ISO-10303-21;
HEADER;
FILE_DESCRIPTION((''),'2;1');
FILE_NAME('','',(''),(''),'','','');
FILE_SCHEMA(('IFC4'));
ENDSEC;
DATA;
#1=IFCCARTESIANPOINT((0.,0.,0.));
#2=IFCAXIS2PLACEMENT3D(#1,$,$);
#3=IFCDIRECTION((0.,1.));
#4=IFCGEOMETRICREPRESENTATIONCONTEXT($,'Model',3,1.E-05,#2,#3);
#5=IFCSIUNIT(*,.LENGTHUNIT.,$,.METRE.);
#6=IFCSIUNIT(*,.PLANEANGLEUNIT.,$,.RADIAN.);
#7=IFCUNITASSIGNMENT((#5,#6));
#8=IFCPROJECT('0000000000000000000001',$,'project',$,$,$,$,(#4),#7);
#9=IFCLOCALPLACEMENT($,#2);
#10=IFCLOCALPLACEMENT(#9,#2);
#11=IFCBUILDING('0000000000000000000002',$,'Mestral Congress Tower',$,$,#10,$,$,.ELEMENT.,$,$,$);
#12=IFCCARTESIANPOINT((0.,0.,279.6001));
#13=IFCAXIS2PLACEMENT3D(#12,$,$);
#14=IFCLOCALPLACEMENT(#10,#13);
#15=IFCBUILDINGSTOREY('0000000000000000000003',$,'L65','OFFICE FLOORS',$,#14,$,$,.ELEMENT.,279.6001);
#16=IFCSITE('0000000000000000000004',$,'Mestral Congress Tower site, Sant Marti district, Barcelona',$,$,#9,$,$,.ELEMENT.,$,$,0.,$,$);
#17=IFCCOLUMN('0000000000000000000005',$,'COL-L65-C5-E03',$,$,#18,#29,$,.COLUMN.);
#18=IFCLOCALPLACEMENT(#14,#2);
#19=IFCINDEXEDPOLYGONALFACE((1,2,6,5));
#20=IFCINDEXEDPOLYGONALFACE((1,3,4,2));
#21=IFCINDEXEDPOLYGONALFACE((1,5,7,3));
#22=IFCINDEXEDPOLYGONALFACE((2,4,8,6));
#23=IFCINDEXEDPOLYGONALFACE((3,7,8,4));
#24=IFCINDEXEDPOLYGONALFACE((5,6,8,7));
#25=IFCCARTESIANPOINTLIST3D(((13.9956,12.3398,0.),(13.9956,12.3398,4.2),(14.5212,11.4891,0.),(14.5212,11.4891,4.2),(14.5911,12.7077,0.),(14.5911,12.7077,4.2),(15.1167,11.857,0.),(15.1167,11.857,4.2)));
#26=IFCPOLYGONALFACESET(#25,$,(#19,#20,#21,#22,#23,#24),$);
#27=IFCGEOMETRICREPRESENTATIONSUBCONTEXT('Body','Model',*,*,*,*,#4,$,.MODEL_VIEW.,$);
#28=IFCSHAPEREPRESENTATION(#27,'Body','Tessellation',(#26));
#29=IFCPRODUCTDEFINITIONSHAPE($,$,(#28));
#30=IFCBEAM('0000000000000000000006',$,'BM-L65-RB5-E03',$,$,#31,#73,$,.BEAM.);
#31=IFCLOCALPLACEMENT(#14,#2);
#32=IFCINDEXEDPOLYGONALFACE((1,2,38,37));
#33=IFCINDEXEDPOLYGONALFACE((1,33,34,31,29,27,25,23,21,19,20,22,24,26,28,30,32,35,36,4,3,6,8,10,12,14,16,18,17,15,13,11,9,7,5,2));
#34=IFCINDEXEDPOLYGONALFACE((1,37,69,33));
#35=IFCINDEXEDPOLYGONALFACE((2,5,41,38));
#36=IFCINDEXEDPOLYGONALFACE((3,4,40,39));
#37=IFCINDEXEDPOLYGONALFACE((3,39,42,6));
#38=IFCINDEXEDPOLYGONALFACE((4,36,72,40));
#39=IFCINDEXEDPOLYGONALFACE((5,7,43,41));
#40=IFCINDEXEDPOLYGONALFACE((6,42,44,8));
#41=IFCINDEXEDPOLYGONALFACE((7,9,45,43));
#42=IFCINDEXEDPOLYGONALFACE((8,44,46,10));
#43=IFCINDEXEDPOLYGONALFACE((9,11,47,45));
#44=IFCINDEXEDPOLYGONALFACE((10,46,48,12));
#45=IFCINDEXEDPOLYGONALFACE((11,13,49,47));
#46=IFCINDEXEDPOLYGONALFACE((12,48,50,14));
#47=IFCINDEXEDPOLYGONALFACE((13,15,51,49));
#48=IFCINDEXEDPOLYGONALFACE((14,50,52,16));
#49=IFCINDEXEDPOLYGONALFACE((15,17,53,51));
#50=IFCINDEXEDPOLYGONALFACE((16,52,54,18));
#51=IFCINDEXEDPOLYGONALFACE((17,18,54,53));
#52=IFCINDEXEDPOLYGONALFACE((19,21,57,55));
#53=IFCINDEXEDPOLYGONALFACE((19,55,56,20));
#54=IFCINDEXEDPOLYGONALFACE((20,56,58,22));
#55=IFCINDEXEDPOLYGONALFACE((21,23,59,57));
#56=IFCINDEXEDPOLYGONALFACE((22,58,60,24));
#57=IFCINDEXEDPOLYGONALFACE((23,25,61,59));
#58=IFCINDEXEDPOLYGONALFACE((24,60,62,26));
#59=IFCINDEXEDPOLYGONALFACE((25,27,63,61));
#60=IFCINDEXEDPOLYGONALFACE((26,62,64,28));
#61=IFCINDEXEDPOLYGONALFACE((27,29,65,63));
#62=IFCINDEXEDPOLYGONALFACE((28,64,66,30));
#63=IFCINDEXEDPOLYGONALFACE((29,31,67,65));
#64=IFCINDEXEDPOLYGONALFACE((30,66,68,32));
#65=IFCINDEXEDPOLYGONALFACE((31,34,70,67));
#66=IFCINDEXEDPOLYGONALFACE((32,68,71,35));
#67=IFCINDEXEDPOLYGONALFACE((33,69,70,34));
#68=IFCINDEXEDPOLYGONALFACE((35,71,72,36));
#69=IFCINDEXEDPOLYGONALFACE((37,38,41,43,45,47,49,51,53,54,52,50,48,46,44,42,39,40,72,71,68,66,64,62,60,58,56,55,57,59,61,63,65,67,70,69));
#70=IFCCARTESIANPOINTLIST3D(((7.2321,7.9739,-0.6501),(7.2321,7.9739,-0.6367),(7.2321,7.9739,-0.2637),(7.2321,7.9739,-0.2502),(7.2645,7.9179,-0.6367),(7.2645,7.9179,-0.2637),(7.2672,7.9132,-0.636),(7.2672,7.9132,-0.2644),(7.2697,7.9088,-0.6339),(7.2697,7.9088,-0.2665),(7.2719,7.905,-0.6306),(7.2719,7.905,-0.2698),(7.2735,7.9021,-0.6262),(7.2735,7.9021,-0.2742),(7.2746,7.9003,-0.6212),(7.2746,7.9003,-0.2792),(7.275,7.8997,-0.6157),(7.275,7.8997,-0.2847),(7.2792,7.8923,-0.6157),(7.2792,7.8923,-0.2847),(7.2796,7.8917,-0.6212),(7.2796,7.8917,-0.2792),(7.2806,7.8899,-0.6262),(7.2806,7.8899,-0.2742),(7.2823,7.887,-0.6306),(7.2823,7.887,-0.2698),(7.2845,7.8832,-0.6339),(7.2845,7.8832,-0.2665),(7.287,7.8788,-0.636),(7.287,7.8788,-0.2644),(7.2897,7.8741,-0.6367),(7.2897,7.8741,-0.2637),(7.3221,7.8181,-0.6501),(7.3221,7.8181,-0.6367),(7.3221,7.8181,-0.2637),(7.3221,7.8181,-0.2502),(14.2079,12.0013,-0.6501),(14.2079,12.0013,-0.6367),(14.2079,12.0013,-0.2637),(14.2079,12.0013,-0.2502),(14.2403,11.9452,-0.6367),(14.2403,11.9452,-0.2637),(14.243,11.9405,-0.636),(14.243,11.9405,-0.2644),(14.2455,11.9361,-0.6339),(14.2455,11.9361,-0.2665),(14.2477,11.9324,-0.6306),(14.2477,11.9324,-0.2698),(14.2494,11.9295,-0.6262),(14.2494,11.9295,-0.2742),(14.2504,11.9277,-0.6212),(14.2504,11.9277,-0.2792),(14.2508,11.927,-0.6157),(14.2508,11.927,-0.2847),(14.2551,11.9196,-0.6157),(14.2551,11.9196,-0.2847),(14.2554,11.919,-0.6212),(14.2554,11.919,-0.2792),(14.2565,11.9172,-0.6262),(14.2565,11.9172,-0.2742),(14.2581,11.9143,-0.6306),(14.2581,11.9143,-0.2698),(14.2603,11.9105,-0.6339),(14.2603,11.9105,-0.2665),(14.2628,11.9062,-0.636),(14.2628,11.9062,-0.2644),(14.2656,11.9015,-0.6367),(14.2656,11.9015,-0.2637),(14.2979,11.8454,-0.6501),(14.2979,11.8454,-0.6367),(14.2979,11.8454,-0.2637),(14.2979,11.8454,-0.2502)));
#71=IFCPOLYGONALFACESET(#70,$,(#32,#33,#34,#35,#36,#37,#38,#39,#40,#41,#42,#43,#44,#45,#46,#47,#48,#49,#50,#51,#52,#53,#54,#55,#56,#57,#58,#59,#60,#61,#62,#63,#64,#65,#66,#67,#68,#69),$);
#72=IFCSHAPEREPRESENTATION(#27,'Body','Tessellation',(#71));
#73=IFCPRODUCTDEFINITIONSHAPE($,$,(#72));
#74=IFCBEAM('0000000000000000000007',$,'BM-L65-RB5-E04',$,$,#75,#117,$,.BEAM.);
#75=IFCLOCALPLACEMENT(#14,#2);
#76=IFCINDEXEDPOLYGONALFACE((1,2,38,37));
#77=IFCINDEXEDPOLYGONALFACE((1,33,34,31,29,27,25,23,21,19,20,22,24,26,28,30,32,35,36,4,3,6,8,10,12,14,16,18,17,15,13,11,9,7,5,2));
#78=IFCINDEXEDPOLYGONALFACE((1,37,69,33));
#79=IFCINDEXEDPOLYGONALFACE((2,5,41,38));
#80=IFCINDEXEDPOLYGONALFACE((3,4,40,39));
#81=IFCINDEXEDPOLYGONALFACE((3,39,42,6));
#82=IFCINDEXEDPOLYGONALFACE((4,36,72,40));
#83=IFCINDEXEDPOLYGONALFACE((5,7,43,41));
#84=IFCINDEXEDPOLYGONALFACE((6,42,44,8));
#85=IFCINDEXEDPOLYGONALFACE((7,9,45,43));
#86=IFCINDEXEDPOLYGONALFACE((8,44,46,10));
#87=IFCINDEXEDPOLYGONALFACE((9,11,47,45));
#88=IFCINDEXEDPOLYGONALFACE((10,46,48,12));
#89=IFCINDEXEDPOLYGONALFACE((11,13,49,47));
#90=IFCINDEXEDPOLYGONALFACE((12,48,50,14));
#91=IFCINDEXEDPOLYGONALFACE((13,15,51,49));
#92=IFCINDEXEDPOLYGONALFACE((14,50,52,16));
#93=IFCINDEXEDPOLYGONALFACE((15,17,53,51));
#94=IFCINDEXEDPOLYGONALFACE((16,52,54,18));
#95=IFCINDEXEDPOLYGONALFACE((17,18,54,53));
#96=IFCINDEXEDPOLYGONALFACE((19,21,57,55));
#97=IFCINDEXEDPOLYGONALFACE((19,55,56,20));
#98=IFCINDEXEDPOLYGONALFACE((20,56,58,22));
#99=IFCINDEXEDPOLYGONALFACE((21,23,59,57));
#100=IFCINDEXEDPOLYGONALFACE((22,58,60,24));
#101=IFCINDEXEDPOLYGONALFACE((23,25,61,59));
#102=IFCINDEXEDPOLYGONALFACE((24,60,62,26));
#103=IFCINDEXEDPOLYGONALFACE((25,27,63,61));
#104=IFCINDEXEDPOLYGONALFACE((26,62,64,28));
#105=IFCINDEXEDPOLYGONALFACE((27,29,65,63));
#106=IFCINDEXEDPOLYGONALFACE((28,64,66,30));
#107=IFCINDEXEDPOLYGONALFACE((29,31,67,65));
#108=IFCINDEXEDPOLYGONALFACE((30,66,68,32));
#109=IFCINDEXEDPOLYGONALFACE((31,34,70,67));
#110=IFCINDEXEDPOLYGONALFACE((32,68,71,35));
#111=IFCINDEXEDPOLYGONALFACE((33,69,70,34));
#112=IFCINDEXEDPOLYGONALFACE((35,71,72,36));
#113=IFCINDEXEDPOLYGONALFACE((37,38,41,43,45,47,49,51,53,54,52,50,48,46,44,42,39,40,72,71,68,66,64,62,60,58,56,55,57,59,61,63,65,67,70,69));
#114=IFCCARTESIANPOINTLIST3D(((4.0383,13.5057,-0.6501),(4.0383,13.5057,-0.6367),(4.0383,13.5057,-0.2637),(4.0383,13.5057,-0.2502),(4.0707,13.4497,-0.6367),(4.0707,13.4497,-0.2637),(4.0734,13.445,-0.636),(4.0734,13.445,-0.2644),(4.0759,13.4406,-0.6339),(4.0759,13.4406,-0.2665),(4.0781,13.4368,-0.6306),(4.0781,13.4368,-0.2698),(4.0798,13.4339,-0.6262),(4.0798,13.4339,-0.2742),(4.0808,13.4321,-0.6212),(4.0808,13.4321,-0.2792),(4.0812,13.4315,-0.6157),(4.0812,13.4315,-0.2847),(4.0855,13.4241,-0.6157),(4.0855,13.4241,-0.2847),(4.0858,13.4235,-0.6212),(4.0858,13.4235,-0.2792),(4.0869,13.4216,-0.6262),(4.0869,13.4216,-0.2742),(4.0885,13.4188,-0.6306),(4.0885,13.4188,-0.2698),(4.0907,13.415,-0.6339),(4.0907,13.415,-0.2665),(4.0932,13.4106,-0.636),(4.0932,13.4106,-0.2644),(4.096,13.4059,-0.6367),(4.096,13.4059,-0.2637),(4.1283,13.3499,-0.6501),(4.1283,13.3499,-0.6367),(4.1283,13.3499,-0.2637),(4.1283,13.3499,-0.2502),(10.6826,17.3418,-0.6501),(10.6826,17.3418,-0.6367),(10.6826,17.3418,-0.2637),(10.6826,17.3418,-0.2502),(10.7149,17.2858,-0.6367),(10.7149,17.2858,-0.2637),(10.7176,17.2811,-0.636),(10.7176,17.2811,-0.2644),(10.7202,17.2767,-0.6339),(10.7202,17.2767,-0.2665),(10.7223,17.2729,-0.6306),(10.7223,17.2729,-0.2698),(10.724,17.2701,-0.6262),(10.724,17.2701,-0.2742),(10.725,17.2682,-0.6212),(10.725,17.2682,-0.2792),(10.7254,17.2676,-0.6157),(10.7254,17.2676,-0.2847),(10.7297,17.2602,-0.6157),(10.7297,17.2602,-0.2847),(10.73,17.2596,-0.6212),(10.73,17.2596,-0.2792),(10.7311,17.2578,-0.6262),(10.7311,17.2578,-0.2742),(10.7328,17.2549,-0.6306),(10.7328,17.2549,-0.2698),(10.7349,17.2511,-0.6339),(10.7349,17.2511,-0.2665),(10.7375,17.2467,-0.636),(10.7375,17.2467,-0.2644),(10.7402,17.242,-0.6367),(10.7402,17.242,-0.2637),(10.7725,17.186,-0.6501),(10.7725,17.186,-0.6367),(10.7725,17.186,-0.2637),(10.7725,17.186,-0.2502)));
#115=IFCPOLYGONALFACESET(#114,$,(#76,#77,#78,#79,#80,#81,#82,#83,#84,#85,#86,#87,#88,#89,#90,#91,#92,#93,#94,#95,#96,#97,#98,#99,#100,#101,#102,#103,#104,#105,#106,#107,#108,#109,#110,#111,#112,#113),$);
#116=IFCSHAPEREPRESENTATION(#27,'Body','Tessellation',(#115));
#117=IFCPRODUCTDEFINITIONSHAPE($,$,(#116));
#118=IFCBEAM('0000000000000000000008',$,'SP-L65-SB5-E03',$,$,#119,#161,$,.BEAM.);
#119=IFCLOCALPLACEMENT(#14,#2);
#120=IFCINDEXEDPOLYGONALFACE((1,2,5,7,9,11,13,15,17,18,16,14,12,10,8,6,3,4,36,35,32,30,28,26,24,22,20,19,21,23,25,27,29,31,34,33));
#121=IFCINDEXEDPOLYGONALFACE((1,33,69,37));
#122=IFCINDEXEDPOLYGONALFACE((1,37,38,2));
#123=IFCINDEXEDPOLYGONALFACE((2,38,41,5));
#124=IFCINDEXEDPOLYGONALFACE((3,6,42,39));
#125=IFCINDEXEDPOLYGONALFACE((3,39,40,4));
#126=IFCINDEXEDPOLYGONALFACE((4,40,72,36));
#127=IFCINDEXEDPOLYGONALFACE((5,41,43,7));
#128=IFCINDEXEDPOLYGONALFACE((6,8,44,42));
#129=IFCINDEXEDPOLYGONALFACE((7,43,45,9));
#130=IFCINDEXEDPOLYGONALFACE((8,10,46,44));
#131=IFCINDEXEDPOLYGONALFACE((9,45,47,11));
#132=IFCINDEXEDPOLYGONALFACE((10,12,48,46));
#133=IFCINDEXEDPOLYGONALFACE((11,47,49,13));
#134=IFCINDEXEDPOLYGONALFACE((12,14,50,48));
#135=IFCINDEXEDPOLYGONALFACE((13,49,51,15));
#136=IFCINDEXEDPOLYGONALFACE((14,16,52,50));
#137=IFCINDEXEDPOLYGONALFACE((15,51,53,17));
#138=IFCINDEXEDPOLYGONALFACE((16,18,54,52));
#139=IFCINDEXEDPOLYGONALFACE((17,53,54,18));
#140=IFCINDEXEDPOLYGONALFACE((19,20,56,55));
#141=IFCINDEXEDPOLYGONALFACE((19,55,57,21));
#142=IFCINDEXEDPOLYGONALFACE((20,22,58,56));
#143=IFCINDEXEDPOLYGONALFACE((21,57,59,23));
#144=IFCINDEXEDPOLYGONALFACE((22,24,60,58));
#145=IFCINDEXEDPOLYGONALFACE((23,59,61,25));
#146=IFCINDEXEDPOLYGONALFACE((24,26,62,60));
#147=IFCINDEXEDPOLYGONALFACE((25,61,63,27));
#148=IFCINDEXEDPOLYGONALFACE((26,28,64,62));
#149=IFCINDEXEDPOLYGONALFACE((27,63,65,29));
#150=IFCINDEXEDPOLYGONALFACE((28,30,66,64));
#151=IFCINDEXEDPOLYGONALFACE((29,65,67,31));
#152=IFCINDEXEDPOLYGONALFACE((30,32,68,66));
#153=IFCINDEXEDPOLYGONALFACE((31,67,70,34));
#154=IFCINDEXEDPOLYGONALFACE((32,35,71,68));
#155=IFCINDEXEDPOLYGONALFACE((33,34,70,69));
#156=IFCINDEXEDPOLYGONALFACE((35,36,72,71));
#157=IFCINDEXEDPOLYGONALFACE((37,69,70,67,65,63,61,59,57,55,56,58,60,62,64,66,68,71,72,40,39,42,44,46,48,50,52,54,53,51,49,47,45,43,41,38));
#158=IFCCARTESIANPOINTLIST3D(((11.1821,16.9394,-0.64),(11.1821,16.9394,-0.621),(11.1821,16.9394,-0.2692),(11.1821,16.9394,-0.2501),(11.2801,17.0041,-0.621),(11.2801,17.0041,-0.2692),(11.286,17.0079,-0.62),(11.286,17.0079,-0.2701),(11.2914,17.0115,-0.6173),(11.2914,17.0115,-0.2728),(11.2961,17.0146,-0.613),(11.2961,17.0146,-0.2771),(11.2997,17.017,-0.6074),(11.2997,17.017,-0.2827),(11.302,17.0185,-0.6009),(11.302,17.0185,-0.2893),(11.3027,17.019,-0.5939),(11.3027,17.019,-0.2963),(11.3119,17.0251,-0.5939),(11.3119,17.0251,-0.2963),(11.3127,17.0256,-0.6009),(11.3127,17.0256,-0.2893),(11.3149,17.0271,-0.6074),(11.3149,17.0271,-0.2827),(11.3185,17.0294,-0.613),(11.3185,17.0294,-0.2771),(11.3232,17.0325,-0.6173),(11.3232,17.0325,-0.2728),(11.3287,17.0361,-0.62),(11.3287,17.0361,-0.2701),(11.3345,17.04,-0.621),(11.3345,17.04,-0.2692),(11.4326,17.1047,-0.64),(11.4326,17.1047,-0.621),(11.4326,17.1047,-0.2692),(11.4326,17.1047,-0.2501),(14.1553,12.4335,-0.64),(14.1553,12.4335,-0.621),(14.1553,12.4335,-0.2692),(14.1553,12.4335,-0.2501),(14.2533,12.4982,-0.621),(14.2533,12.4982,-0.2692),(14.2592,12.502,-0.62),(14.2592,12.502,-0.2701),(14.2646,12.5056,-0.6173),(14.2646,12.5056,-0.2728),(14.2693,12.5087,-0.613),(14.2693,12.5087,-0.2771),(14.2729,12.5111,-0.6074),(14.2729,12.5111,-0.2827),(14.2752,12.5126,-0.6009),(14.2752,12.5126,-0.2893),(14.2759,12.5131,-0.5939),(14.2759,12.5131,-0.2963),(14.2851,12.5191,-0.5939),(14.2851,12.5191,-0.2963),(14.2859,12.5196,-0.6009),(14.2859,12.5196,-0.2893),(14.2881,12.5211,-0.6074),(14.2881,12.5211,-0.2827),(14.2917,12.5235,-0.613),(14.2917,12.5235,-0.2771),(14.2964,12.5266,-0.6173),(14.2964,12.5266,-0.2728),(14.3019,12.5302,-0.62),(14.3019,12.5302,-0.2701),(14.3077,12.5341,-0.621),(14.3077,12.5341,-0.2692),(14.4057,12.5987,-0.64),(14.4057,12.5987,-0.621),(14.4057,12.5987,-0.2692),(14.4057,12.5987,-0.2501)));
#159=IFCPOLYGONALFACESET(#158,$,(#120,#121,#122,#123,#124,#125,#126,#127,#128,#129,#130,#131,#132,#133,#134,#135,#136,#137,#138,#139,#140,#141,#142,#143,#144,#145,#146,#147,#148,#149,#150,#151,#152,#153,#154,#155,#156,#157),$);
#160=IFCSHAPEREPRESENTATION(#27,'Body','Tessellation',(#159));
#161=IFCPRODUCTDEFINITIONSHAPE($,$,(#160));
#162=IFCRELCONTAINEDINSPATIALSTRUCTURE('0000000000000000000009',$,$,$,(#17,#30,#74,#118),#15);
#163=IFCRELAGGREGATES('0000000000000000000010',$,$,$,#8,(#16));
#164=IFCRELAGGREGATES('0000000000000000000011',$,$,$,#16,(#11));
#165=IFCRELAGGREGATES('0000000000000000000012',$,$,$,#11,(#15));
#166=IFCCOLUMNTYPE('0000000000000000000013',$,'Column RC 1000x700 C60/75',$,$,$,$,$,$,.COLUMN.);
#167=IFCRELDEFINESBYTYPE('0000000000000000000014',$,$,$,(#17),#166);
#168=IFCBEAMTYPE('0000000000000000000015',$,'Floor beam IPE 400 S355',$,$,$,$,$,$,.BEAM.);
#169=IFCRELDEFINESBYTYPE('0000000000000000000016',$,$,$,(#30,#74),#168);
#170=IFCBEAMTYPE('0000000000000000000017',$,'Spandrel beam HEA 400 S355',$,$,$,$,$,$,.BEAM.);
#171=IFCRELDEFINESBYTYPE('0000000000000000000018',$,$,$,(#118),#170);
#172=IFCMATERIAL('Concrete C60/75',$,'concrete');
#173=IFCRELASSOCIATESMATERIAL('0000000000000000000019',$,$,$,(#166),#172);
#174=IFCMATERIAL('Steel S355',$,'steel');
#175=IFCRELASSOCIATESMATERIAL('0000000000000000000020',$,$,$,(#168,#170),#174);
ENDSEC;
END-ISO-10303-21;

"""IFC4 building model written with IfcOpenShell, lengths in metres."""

from ifc_helpers import new_model, si_unit, direction, frame, origin, origin_2d, place, context, subcontext, project, spatial, rectangle, i_section, extrude, material, material_profile, profile_set, type_object, element, save


model = new_model("IFC4")

# Units and contexts
model_context = context("Model", 3, precision=1e-05, world=origin(), true_north=direction((0.0, 1.0)))
body_context = subcontext(model_context, "Body", "Model", "MODEL_VIEW")
ifc_project = project(units=[si_unit("LENGTHUNIT", "METRE"), si_unit("PLANEANGLEUNIT", "RADIAN")], contexts=[model_context])

# Site, building, storey
site_placement = place(None, origin())
site = spatial("IfcSite", under=ifc_project, at=site_placement, Name="Mestral Congress Tower site, Sant Marti district, Barcelona", CompositionType="ELEMENT", RefElevation=0.0)
building_placement = place(site_placement, origin())
building = spatial("IfcBuilding", under=site, at=building_placement, Name="Mestral Congress Tower", CompositionType="ELEMENT")
storey_placement = place(building_placement, frame((0.0, 0.0, 279.6001)))
storey = spatial("IfcBuildingStorey", under=building, at=storey_placement, Name="L65", Description="OFFICE FLOORS", CompositionType="ELEMENT", Elevation=279.6001)

# Column
ifc_material_1 = material(Name="Concrete C60/75", Category="concrete")
ifc_material_profile_1 = material_profile(ifc_material_1, rectangle(XDim=1.0, YDim=0.7, at=origin_2d()), Name="RC 1000x700")
ifc_profile_set_1 = profile_set([ifc_material_profile_1], Name="Concrete C60/75")
column_type = type_object("IfcColumnType", Name="Column RC 1000x700 C60/75", PredefinedType="COLUMN", material=ifc_profile_set_1)
column_placement = place(storey_placement, frame((14.5562, 12.0984, 0.0), z_axis=(0.0, 0.0, 1.0), x_axis=(-0.52561, 0.850726, 0.0)))
element("IfcColumn", 1, at=column_placement, inside=storey, type_object=column_type, Name="COL-L65-C5-E03", PredefinedType="COLUMN", context=body_context, shape_type="SweptSolid", body=[
    extrude(rectangle(XDim=1.0, YDim=0.7, at=origin_2d()), origin(), (0.0, 0.0, 1.0), 4.2),
])

# Beams
ifc_material_2 = material(Name="Steel S355", Category="steel")
ifc_material_profile_2 = material_profile(ifc_material_2, i_section(OverallWidth=0.1799, OverallDepth=0.3999, WebThickness=0.0085, FlangeThickness=0.0134, FilletRadius=0.021, at=origin_2d()), Name="IPE 400")
ifc_profile_set_2 = profile_set([ifc_material_profile_2], Name="Steel S355")
beam_type_1 = type_object("IfcBeamType", Name="Floor beam IPE 400 S355", PredefinedType="BEAM", material=ifc_profile_set_2)
beam_1_placement = place(storey_placement, frame((14.2529, 11.9233, -0.4502), z_axis=(-0.866034, -0.499986, 0.0), x_axis=(0.499986, -0.866034, 0.0)))
element("IfcBeam", 2, at=beam_1_placement, inside=storey, type_object=beam_type_1, Name="BM-L65-RB5-E03", PredefinedType="BEAM", context=body_context, shape_type="SweptSolid", body=[
    extrude(i_section(OverallWidth=0.1799, OverallDepth=0.3999, WebThickness=0.0085, FlangeThickness=0.0134, FilletRadius=0.021, at=origin_2d()), origin(), (0.0, 0.0, 1.0), 8.0549),
])
beam_2_placement = place(storey_placement, frame((10.7275, 17.2639, -0.4502), z_axis=(-0.86602, -0.50001, 0.0), x_axis=(0.50001, -0.86602, 0.0)))
element("IfcBeam", 3, at=beam_2_placement, inside=storey, type_object=beam_type_1, Name="BM-L65-RB5-E04", PredefinedType="BEAM", context=body_context, shape_type="SweptSolid", body=[
    extrude(i_section(OverallWidth=0.1799, OverallDepth=0.3999, WebThickness=0.0085, FlangeThickness=0.0134, FilletRadius=0.021, at=origin_2d()), origin(), (0.0, 0.0, 1.0), 7.6721),
])
ifc_material_profile_3 = material_profile(ifc_material_2, i_section(OverallWidth=0.3, OverallDepth=0.3899, WebThickness=0.011, FlangeThickness=0.019, FilletRadius=0.0271, at=origin_2d()), Name="HEA 400")
ifc_profile_set_3 = profile_set([ifc_material_profile_3], Name="Steel S355")
beam_type_2 = type_object("IfcBeamType", Name="Spandrel beam HEA 400 S355", PredefinedType="BEAM", material=ifc_profile_set_3)
beam_3_placement = place(storey_placement, frame((14.2805, 12.5161, -0.4451), z_axis=(-0.550749, 0.834671, 0.0), x_axis=(-0.834671, -0.550749, 0.0)))
element("IfcBeam", 4, at=beam_3_placement, inside=storey, type_object=beam_type_2, Name="SP-L65-SB5-E03", PredefinedType="BEAM", context=body_context, shape_type="SweptSolid", body=[
    extrude(i_section(OverallWidth=0.3, OverallDepth=0.3899, WebThickness=0.011, FlangeThickness=0.019, FilletRadius=0.0271, at=origin_2d()), origin(), (0.0, 0.0, 1.0), 5.3984),
])

save(model, "model.ifc")
